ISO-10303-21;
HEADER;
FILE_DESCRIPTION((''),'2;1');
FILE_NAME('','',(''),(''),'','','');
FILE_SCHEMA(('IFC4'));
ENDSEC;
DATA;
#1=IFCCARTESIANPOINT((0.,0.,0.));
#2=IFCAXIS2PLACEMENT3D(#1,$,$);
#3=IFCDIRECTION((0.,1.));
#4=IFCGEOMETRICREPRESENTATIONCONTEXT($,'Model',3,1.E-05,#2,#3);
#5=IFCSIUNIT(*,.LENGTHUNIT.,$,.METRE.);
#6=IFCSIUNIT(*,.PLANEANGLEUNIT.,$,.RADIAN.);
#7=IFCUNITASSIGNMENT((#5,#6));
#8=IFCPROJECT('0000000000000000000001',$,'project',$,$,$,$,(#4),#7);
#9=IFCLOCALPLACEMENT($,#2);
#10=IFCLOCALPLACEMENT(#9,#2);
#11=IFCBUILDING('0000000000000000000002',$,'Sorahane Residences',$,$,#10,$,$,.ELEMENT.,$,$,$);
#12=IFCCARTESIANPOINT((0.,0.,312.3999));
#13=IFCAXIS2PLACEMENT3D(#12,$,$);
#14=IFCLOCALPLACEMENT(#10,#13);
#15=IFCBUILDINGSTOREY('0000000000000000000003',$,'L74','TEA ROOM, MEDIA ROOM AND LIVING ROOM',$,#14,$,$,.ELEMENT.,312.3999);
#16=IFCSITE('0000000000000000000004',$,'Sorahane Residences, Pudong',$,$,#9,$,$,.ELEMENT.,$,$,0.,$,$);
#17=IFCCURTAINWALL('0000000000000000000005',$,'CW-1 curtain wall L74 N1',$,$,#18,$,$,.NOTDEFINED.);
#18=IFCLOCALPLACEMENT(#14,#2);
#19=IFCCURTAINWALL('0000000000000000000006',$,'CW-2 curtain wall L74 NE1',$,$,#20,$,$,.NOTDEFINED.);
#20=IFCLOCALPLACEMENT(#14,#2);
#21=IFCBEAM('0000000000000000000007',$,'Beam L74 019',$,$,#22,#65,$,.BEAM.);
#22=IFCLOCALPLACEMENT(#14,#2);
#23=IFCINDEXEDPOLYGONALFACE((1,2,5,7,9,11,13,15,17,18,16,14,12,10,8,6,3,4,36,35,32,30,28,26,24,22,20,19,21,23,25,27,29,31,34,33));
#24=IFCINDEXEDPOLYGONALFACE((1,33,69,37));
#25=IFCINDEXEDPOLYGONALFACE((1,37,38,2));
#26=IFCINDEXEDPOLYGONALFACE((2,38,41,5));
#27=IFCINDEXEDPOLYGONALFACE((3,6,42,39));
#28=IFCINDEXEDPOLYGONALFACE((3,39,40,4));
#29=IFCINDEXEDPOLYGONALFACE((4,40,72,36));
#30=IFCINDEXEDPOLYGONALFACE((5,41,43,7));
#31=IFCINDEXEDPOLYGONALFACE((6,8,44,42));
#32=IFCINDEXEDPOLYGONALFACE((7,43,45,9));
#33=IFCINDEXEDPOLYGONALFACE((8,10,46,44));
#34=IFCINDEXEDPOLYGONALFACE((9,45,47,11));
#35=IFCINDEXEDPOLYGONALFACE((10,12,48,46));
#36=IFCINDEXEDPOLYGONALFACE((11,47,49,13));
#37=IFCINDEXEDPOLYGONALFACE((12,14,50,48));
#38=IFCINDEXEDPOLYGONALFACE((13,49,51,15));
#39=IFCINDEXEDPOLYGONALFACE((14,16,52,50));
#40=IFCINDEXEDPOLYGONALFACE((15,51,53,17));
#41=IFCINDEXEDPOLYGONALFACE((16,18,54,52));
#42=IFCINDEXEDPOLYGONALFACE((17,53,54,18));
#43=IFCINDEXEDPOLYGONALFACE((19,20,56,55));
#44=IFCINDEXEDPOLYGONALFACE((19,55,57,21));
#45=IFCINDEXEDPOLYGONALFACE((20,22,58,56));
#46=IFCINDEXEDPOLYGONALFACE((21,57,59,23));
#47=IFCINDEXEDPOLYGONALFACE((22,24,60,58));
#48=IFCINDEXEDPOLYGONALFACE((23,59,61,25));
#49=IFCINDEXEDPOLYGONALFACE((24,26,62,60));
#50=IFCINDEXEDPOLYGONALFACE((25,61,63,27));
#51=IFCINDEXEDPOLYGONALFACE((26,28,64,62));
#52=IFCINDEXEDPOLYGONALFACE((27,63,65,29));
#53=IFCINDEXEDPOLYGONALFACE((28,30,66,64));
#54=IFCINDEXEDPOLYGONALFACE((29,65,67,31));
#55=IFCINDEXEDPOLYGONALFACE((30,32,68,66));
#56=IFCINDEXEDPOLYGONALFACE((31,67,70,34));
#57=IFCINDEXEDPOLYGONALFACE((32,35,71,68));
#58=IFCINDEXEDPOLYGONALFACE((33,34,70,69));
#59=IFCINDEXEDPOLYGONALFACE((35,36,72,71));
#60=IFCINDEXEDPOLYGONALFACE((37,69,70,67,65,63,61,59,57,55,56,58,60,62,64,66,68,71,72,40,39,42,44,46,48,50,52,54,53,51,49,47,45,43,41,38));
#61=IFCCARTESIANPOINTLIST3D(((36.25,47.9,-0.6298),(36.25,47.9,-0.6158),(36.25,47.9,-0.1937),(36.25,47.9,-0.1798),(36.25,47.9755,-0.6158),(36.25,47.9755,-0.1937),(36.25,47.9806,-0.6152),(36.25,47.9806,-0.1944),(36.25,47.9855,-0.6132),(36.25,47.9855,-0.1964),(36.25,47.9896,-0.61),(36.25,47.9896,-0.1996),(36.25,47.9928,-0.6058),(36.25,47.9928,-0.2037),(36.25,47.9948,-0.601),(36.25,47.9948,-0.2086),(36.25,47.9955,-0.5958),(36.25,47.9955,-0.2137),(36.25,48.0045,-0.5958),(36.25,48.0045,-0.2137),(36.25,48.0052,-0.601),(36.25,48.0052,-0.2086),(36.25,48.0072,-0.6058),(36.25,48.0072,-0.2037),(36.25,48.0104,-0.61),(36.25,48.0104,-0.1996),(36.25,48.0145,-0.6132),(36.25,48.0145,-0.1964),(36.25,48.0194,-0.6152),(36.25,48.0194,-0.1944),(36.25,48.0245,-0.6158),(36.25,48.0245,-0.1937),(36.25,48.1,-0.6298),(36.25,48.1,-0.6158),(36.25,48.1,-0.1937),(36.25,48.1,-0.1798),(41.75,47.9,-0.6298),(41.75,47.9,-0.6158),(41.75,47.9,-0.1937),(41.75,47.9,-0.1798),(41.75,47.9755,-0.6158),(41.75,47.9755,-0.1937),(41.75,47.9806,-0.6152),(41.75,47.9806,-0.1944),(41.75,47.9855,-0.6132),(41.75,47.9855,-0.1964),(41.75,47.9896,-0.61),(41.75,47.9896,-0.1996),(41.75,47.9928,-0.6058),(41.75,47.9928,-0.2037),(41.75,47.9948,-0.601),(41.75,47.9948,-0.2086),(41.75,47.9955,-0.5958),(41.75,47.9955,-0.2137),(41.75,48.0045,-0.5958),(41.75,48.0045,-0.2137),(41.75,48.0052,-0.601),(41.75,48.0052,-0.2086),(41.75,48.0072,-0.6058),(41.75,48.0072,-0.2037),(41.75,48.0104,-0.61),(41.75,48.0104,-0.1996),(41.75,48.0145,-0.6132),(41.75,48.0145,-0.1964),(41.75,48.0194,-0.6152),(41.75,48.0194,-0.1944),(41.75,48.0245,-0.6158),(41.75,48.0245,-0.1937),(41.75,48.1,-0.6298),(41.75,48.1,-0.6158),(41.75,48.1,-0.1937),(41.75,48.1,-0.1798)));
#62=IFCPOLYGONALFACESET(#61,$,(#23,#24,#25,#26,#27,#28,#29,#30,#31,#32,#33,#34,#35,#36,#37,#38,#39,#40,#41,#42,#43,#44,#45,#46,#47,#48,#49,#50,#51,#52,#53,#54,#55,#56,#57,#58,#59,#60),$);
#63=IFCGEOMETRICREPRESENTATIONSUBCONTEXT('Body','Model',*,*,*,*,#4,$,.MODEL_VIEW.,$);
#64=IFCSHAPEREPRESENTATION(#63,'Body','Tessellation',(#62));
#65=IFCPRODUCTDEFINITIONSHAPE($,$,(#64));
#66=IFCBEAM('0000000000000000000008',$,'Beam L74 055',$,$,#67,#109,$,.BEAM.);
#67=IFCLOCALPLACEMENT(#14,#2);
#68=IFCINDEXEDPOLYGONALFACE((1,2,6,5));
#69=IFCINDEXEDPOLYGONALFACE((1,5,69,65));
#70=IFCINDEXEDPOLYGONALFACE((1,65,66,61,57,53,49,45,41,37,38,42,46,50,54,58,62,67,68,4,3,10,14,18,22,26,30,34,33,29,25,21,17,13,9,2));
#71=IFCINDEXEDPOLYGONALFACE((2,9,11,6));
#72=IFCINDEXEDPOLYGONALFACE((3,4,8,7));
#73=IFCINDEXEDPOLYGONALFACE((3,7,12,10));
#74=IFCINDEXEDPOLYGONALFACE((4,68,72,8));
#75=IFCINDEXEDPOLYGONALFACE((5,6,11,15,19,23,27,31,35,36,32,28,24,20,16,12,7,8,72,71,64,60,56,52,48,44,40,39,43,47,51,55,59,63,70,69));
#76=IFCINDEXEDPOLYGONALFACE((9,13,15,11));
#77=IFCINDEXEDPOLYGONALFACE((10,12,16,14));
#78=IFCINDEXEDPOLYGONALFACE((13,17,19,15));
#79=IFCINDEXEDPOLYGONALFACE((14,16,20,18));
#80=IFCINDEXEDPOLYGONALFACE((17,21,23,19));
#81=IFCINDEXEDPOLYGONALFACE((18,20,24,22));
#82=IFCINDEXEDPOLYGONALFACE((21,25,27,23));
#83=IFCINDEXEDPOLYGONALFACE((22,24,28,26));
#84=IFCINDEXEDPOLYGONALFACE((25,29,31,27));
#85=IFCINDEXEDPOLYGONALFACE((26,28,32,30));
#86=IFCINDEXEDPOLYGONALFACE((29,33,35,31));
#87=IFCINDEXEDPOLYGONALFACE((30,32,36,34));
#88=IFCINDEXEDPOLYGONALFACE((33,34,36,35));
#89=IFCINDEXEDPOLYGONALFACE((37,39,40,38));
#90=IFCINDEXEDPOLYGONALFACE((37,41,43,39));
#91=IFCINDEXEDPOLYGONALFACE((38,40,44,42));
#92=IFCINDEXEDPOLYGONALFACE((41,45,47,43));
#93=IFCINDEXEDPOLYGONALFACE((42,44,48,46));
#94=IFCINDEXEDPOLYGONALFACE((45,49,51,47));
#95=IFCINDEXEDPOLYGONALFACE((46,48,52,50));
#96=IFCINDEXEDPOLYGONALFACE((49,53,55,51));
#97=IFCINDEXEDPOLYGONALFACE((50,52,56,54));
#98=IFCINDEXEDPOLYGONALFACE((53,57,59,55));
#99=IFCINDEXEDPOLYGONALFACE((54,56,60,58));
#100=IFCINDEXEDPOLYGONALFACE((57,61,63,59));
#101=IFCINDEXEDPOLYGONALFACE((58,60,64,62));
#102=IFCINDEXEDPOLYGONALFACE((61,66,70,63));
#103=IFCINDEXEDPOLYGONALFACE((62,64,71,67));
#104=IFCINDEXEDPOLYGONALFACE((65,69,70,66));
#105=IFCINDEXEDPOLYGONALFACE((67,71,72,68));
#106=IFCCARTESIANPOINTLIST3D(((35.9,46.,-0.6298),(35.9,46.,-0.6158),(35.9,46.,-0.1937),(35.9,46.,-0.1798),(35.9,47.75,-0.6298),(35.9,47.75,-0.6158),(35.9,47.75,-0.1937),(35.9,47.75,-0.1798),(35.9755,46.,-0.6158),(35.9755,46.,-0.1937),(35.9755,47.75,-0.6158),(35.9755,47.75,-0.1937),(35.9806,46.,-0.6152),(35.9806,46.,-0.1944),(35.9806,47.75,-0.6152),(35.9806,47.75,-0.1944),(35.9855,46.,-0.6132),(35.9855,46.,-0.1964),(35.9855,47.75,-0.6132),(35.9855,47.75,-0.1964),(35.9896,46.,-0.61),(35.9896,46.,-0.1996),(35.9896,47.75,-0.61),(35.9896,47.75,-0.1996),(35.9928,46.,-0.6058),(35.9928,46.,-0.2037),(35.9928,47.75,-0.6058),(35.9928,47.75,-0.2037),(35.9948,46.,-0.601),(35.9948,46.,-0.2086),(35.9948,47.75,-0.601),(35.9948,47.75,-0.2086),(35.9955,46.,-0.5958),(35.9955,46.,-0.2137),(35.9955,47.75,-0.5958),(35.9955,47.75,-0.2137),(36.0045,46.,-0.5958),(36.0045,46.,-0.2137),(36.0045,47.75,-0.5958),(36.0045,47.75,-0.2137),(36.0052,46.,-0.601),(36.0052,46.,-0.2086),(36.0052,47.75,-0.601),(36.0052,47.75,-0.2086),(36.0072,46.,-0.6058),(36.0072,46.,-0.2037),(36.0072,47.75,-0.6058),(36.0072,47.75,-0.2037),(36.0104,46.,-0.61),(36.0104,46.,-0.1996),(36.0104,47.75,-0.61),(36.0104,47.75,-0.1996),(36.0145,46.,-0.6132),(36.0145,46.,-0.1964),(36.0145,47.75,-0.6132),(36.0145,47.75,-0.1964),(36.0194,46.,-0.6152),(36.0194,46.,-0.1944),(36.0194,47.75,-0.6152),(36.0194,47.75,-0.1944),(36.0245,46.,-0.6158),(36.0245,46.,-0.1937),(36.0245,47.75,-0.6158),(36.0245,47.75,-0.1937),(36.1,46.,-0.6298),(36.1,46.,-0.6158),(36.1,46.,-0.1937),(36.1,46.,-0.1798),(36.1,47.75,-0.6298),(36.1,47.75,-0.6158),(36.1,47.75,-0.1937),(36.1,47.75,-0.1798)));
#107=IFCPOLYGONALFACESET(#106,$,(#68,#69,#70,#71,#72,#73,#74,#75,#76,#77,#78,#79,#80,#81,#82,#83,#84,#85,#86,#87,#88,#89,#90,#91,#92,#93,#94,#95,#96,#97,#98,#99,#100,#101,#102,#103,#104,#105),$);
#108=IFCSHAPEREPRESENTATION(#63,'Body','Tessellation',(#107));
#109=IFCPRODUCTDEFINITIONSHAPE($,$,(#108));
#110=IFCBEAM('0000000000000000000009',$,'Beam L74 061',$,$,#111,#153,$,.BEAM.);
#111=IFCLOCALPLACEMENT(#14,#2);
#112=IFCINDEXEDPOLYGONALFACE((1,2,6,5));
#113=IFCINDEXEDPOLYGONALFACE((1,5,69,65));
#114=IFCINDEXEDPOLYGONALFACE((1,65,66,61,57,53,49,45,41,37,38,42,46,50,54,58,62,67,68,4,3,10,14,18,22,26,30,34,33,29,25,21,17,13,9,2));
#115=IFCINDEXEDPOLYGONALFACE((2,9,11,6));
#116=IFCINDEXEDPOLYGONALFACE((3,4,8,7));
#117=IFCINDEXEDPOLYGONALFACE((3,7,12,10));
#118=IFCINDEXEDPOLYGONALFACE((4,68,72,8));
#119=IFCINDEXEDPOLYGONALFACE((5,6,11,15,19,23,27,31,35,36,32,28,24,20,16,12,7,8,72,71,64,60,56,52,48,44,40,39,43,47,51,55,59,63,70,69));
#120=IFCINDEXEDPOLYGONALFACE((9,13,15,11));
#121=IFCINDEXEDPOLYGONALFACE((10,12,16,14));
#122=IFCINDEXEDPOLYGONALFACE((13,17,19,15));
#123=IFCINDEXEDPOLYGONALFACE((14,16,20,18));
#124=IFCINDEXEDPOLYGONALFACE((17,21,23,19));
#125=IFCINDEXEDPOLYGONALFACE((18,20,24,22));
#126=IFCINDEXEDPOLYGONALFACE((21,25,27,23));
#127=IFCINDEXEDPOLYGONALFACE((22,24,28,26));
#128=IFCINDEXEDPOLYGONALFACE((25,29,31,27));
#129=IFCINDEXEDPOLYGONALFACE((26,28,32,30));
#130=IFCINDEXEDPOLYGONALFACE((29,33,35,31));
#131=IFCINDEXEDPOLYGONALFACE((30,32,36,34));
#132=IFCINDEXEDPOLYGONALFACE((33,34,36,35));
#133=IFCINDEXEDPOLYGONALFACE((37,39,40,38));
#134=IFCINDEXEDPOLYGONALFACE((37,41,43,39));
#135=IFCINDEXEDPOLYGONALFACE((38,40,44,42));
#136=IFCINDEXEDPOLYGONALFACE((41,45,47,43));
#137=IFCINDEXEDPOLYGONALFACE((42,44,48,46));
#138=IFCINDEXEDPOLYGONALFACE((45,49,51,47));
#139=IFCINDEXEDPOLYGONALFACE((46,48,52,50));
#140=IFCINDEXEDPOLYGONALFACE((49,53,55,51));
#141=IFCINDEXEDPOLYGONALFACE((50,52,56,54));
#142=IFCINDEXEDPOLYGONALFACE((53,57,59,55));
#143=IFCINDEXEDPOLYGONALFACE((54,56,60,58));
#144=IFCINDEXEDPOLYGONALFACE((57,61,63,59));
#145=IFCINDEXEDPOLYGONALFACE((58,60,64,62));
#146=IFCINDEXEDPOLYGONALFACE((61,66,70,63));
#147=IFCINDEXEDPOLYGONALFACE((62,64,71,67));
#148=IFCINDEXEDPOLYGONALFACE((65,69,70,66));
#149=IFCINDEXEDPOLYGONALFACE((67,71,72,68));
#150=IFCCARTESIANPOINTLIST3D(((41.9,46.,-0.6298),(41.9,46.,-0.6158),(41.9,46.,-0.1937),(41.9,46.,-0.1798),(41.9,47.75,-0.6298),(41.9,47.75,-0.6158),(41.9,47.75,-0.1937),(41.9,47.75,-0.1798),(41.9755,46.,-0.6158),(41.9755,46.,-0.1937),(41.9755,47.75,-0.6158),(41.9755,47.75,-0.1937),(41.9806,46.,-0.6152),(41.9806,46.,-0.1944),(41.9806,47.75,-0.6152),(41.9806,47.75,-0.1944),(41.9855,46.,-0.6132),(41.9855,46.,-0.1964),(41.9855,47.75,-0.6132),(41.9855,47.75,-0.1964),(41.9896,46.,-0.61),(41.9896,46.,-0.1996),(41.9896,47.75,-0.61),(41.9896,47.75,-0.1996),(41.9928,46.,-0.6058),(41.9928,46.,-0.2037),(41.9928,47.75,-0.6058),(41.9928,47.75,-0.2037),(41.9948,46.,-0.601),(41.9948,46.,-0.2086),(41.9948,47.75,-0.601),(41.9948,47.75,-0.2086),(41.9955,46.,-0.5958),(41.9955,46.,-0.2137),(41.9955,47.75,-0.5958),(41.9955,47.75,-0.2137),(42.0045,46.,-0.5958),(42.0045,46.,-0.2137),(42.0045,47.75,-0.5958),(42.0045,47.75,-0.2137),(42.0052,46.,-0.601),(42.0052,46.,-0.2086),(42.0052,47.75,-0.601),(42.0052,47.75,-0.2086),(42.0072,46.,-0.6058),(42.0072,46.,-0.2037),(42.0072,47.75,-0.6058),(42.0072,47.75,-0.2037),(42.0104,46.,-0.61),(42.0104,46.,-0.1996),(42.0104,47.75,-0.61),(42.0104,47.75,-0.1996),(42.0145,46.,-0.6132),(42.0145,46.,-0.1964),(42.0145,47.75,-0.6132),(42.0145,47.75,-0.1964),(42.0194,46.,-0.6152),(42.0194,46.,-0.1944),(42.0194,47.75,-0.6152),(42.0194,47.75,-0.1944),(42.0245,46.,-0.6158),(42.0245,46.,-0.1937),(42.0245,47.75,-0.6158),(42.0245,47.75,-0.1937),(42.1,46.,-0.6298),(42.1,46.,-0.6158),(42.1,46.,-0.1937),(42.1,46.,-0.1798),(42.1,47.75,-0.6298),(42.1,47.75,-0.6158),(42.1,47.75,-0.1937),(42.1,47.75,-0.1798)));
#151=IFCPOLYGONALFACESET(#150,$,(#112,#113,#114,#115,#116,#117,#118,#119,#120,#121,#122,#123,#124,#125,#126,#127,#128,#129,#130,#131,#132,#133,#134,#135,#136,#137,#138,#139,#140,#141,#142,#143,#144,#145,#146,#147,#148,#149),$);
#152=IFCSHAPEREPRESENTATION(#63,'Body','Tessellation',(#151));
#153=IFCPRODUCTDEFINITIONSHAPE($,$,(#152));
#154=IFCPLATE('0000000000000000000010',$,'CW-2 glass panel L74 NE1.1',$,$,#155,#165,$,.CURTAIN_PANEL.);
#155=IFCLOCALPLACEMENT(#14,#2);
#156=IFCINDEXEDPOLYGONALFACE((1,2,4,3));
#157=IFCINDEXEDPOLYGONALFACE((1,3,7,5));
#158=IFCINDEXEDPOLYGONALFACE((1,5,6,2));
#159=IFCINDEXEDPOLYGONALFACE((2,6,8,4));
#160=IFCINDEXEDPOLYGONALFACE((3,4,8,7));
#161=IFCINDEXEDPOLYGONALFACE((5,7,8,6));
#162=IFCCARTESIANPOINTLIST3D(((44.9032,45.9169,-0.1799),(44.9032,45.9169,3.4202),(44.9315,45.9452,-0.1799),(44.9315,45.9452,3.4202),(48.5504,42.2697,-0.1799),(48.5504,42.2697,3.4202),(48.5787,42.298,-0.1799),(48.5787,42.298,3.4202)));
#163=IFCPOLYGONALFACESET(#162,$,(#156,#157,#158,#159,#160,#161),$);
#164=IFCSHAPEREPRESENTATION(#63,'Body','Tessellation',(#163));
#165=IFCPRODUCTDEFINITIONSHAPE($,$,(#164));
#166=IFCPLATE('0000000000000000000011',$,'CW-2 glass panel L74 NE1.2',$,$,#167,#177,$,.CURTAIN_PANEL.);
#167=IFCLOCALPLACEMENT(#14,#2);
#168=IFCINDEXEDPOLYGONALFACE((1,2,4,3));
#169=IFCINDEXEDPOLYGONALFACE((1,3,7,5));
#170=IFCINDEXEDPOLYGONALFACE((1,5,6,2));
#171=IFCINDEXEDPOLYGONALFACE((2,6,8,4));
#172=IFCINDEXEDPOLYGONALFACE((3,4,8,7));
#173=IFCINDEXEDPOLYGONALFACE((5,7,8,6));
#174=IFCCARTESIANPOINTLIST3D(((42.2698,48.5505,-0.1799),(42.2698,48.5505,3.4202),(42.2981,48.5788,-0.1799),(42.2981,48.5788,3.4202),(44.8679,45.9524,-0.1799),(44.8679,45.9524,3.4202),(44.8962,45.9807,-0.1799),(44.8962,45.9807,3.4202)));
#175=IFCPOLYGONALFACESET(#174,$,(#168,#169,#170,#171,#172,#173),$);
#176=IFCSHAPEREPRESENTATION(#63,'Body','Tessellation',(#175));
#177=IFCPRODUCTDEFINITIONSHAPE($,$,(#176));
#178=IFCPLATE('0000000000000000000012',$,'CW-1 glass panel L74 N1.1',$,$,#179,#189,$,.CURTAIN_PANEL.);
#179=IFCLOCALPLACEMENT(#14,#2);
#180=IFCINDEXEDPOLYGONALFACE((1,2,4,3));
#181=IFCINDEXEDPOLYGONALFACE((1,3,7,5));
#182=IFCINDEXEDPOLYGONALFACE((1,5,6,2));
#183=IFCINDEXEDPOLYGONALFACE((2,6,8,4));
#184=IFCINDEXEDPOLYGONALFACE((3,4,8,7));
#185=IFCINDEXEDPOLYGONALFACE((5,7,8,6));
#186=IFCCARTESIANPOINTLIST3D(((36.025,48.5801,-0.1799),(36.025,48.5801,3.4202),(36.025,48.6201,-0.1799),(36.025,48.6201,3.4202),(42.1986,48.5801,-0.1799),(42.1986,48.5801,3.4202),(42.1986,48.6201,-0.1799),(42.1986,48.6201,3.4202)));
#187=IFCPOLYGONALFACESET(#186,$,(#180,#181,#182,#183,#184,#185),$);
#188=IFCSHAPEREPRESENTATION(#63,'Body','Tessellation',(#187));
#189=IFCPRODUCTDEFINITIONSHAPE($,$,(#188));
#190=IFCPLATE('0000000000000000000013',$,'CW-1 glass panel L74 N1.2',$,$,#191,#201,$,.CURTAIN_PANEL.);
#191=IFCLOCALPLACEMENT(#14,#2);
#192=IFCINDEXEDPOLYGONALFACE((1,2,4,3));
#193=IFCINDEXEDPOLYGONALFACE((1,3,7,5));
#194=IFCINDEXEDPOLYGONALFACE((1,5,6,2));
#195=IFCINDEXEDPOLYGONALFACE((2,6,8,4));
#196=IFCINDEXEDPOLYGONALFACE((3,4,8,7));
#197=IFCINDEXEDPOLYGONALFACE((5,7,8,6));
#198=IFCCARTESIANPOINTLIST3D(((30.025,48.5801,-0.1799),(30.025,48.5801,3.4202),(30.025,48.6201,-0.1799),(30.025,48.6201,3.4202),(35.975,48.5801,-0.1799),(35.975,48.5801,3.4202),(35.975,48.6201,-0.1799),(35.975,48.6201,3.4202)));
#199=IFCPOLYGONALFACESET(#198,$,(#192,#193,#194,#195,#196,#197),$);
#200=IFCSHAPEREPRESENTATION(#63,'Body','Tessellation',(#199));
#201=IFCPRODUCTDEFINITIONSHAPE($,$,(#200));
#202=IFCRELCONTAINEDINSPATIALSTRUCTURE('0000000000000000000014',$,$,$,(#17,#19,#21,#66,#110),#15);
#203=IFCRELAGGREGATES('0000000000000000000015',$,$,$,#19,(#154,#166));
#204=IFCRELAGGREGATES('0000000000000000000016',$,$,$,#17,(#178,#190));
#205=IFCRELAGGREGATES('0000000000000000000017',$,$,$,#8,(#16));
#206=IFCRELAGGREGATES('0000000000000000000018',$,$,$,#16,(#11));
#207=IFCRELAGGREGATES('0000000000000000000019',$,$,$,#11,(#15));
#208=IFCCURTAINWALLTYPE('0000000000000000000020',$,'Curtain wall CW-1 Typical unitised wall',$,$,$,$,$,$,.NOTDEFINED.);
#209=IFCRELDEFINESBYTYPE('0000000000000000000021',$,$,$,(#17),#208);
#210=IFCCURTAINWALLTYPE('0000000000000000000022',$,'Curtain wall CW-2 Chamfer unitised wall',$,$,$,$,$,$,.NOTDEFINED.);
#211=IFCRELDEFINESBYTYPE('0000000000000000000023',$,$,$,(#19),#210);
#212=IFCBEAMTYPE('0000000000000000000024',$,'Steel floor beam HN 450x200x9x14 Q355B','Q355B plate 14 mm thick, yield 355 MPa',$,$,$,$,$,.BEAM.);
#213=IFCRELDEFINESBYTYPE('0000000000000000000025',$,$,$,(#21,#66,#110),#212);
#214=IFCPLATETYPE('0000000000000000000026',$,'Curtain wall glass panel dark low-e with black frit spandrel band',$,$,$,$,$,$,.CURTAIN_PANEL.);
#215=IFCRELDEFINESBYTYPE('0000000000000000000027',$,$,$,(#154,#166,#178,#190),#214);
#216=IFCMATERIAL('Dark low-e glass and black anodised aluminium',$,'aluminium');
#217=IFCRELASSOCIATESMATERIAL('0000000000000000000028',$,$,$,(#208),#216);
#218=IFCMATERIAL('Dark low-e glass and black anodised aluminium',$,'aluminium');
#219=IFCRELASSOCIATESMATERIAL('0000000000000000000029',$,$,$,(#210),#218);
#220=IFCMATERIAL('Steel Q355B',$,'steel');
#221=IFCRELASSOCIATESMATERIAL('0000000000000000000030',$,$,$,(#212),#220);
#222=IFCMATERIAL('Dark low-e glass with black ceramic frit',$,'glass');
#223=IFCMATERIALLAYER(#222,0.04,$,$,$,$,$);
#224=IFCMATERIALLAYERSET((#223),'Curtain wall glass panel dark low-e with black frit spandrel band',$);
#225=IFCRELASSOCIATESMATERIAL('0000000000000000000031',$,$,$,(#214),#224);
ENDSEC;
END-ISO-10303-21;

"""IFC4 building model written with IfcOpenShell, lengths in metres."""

from ifc_helpers import new_model, si_unit, direction, frame, origin, origin_2d, place, context, subcontext, project, spatial, rectangle, i_section, extrude, material, layer, layer_set, material_profile, profile_set, type_object, element, aggregate, save


model = new_model("IFC4")

# Units and contexts
model_context = context("Model", 3, precision=1e-05, world=origin(), true_north=direction((0.0, 1.0)))
body_context = subcontext(model_context, "Body", "Model", "MODEL_VIEW")
ifc_project = project(units=[si_unit("LENGTHUNIT", "METRE"), si_unit("PLANEANGLEUNIT", "RADIAN")], contexts=[model_context])

# Site, building, storey
site_placement = place(None, origin())
site = spatial("IfcSite", under=ifc_project, at=site_placement, Name="Sorahane Residences, Pudong", CompositionType="ELEMENT", RefElevation=0.0)
building_placement = place(site_placement, origin())
building = spatial("IfcBuilding", under=site, at=building_placement, Name="Sorahane Residences", CompositionType="ELEMENT")
storey_placement = place(building_placement, frame((0.0, 0.0, 312.3999)))
storey = spatial("IfcBuildingStorey", under=building, at=storey_placement, Name="L74", Description="TEA ROOM, MEDIA ROOM AND LIVING ROOM", CompositionType="ELEMENT", Elevation=312.3999)

# Curtain wall
ifc_material_1 = material(Name="Dark low-e glass and black anodised aluminium", Category="aluminium")
curtain_wall_type_1 = type_object("IfcCurtainWallType", Name="Curtain wall CW-1 Typical unitised wall", PredefinedType="NOTDEFINED", material=ifc_material_1)
curtain_wall_1_placement = place(storey_placement, origin())
curtain_wall_1 = element("IfcCurtainWall", 1, at=curtain_wall_1_placement, inside=storey, type_object=curtain_wall_type_1, Name="CW-1 curtain wall L74 N1", PredefinedType="NOTDEFINED")

# Curtain wall
ifc_material_2 = material(Name="Dark low-e glass and black anodised aluminium", Category="aluminium")
curtain_wall_type_2 = type_object("IfcCurtainWallType", Name="Curtain wall CW-2 Chamfer unitised wall", PredefinedType="NOTDEFINED", material=ifc_material_2)
curtain_wall_2_placement = place(storey_placement, origin())
curtain_wall_2 = element("IfcCurtainWall", 2, at=curtain_wall_2_placement, inside=storey, type_object=curtain_wall_type_2, Name="CW-2 curtain wall L74 NE1", PredefinedType="NOTDEFINED")

# Beams
ifc_material_3 = material(Name="Steel Q355B", Category="steel")
ifc_material_profile_1 = material_profile(ifc_material_3, i_section(OverallWidth=0.2, OverallDepth=0.45, WebThickness=0.009, FlangeThickness=0.0139, FilletRadius=0.02, at=origin_2d()), Name="HN 450x200x9x14")
ifc_profile_set_1 = profile_set([ifc_material_profile_1], Name="Steel Q355B")
beam_type = type_object("IfcBeamType", Name="Steel floor beam HN 450x200x9x14 Q355B", Description="Q355B plate 14 mm thick, yield 355 MPa", PredefinedType="BEAM", material=ifc_profile_set_1)
beam_placement = place(storey_placement, frame((36.25, 48.0, -0.4048), z_axis=(1.0, 0.0, 0.0), x_axis=(0.0, 1.0, 0.0)))
element("IfcBeam", 3, at=beam_placement, inside=storey, type_object=beam_type, Name="Beam L74 019", PredefinedType="BEAM", context=body_context, shape_type="SweptSolid", body=[
    extrude(i_section(OverallWidth=0.2, OverallDepth=0.45, WebThickness=0.009, FlangeThickness=0.0139, FilletRadius=0.02, at=origin_2d()), origin(), (0.0, 0.0, 1.0), 5.5),
])
for number, where, z_axis, x_axis, name in (
    (4, (36.0, 46.0, -0.4048), (0.0, 1.0, 0.0), (-1.0, 0.0, 0.0), "Beam L74 055"),
    (5, (42.0, 46.0, -0.4048), (0.0, 1.0, 0.0), (-1.0, 0.0, 0.0), "Beam L74 061"),
):
    element("IfcBeam", number, at=place(storey_placement, frame(where, z_axis=z_axis, x_axis=x_axis)), inside=storey, type_object=beam_type, Name=name, PredefinedType="BEAM", context=body_context, shape_type="SweptSolid", body=[
        extrude(i_section(OverallWidth=0.2, OverallDepth=0.45, WebThickness=0.009, FlangeThickness=0.0139, FilletRadius=0.02, at=origin_2d()), origin(), (0.0, 0.0, 1.0), 1.75),
    ])

# Plates
ifc_material_4 = material(Name="Dark low-e glass with black ceramic frit", Category="glass")
ifc_layer_1 = layer(ifc_material_4, 0.04)
ifc_layer_set_1 = layer_set([ifc_layer_1], Name="Curtain wall glass panel dark low-e with black frit spandrel band")
plate_type = type_object("IfcPlateType", Name="Curtain wall glass panel dark low-e with black frit spandrel band", PredefinedType="CURTAIN_PANEL", material=ifc_layer_set_1)
plate_1_placement = place(storey_placement, frame((46.741, 44.1074, -0.1799), z_axis=(0.0, 0.0, 1.0), x_axis=(-0.707107, 0.707107, 0.0)))
plate_1 = element("IfcPlate", 6, at=plate_1_placement, type_object=plate_type, Name="CW-2 glass panel L74 NE1.1", PredefinedType="CURTAIN_PANEL", context=body_context, shape_type="SweptSolid", body=[
    extrude(rectangle(XDim=5.158, YDim=0.04, at=origin_2d()), origin(), (0.0, 0.0, 1.0), 3.6001),
])
plate_2_placement = place(storey_placement, frame((43.583, 47.2656, -0.1799), z_axis=(0.0, 0.0, 1.0), x_axis=(-0.707107, 0.707107, 0.0)))
plate_2 = element("IfcPlate", 7, at=plate_2_placement, type_object=plate_type, Name="CW-2 glass panel L74 NE1.2", PredefinedType="CURTAIN_PANEL", context=body_context, shape_type="SweptSolid", body=[
    extrude(rectangle(XDim=3.6743, YDim=0.04, at=origin_2d()), origin(), (0.0, 0.0, 1.0), 3.6001),
])
aggregate(curtain_wall_2, [plate_1, plate_2])
plate_3_placement = place(storey_placement, frame((39.1118, 48.6001, -0.1799), z_axis=(0.0, 0.0, 1.0), x_axis=(-1.0, 0.0, 0.0)))
plate_3 = element("IfcPlate", 8, at=plate_3_placement, type_object=plate_type, Name="CW-1 glass panel L74 N1.1", PredefinedType="CURTAIN_PANEL", context=body_context, shape_type="SweptSolid", body=[
    extrude(rectangle(XDim=6.1736, YDim=0.04, at=origin_2d()), origin(), (0.0, 0.0, 1.0), 3.6001),
])
plate_4_placement = place(storey_placement, frame((33.0, 48.6001, -0.1799), z_axis=(0.0, 0.0, 1.0), x_axis=(-1.0, 0.0, 0.0)))
plate_4 = element("IfcPlate", 9, at=plate_4_placement, type_object=plate_type, Name="CW-1 glass panel L74 N1.2", PredefinedType="CURTAIN_PANEL", context=body_context, shape_type="SweptSolid", body=[
    extrude(rectangle(XDim=5.95, YDim=0.04, at=origin_2d()), origin(), (0.0, 0.0, 1.0), 3.6001),
])
aggregate(curtain_wall_1, [plate_3, plate_4])

save(model, "model.ifc")
